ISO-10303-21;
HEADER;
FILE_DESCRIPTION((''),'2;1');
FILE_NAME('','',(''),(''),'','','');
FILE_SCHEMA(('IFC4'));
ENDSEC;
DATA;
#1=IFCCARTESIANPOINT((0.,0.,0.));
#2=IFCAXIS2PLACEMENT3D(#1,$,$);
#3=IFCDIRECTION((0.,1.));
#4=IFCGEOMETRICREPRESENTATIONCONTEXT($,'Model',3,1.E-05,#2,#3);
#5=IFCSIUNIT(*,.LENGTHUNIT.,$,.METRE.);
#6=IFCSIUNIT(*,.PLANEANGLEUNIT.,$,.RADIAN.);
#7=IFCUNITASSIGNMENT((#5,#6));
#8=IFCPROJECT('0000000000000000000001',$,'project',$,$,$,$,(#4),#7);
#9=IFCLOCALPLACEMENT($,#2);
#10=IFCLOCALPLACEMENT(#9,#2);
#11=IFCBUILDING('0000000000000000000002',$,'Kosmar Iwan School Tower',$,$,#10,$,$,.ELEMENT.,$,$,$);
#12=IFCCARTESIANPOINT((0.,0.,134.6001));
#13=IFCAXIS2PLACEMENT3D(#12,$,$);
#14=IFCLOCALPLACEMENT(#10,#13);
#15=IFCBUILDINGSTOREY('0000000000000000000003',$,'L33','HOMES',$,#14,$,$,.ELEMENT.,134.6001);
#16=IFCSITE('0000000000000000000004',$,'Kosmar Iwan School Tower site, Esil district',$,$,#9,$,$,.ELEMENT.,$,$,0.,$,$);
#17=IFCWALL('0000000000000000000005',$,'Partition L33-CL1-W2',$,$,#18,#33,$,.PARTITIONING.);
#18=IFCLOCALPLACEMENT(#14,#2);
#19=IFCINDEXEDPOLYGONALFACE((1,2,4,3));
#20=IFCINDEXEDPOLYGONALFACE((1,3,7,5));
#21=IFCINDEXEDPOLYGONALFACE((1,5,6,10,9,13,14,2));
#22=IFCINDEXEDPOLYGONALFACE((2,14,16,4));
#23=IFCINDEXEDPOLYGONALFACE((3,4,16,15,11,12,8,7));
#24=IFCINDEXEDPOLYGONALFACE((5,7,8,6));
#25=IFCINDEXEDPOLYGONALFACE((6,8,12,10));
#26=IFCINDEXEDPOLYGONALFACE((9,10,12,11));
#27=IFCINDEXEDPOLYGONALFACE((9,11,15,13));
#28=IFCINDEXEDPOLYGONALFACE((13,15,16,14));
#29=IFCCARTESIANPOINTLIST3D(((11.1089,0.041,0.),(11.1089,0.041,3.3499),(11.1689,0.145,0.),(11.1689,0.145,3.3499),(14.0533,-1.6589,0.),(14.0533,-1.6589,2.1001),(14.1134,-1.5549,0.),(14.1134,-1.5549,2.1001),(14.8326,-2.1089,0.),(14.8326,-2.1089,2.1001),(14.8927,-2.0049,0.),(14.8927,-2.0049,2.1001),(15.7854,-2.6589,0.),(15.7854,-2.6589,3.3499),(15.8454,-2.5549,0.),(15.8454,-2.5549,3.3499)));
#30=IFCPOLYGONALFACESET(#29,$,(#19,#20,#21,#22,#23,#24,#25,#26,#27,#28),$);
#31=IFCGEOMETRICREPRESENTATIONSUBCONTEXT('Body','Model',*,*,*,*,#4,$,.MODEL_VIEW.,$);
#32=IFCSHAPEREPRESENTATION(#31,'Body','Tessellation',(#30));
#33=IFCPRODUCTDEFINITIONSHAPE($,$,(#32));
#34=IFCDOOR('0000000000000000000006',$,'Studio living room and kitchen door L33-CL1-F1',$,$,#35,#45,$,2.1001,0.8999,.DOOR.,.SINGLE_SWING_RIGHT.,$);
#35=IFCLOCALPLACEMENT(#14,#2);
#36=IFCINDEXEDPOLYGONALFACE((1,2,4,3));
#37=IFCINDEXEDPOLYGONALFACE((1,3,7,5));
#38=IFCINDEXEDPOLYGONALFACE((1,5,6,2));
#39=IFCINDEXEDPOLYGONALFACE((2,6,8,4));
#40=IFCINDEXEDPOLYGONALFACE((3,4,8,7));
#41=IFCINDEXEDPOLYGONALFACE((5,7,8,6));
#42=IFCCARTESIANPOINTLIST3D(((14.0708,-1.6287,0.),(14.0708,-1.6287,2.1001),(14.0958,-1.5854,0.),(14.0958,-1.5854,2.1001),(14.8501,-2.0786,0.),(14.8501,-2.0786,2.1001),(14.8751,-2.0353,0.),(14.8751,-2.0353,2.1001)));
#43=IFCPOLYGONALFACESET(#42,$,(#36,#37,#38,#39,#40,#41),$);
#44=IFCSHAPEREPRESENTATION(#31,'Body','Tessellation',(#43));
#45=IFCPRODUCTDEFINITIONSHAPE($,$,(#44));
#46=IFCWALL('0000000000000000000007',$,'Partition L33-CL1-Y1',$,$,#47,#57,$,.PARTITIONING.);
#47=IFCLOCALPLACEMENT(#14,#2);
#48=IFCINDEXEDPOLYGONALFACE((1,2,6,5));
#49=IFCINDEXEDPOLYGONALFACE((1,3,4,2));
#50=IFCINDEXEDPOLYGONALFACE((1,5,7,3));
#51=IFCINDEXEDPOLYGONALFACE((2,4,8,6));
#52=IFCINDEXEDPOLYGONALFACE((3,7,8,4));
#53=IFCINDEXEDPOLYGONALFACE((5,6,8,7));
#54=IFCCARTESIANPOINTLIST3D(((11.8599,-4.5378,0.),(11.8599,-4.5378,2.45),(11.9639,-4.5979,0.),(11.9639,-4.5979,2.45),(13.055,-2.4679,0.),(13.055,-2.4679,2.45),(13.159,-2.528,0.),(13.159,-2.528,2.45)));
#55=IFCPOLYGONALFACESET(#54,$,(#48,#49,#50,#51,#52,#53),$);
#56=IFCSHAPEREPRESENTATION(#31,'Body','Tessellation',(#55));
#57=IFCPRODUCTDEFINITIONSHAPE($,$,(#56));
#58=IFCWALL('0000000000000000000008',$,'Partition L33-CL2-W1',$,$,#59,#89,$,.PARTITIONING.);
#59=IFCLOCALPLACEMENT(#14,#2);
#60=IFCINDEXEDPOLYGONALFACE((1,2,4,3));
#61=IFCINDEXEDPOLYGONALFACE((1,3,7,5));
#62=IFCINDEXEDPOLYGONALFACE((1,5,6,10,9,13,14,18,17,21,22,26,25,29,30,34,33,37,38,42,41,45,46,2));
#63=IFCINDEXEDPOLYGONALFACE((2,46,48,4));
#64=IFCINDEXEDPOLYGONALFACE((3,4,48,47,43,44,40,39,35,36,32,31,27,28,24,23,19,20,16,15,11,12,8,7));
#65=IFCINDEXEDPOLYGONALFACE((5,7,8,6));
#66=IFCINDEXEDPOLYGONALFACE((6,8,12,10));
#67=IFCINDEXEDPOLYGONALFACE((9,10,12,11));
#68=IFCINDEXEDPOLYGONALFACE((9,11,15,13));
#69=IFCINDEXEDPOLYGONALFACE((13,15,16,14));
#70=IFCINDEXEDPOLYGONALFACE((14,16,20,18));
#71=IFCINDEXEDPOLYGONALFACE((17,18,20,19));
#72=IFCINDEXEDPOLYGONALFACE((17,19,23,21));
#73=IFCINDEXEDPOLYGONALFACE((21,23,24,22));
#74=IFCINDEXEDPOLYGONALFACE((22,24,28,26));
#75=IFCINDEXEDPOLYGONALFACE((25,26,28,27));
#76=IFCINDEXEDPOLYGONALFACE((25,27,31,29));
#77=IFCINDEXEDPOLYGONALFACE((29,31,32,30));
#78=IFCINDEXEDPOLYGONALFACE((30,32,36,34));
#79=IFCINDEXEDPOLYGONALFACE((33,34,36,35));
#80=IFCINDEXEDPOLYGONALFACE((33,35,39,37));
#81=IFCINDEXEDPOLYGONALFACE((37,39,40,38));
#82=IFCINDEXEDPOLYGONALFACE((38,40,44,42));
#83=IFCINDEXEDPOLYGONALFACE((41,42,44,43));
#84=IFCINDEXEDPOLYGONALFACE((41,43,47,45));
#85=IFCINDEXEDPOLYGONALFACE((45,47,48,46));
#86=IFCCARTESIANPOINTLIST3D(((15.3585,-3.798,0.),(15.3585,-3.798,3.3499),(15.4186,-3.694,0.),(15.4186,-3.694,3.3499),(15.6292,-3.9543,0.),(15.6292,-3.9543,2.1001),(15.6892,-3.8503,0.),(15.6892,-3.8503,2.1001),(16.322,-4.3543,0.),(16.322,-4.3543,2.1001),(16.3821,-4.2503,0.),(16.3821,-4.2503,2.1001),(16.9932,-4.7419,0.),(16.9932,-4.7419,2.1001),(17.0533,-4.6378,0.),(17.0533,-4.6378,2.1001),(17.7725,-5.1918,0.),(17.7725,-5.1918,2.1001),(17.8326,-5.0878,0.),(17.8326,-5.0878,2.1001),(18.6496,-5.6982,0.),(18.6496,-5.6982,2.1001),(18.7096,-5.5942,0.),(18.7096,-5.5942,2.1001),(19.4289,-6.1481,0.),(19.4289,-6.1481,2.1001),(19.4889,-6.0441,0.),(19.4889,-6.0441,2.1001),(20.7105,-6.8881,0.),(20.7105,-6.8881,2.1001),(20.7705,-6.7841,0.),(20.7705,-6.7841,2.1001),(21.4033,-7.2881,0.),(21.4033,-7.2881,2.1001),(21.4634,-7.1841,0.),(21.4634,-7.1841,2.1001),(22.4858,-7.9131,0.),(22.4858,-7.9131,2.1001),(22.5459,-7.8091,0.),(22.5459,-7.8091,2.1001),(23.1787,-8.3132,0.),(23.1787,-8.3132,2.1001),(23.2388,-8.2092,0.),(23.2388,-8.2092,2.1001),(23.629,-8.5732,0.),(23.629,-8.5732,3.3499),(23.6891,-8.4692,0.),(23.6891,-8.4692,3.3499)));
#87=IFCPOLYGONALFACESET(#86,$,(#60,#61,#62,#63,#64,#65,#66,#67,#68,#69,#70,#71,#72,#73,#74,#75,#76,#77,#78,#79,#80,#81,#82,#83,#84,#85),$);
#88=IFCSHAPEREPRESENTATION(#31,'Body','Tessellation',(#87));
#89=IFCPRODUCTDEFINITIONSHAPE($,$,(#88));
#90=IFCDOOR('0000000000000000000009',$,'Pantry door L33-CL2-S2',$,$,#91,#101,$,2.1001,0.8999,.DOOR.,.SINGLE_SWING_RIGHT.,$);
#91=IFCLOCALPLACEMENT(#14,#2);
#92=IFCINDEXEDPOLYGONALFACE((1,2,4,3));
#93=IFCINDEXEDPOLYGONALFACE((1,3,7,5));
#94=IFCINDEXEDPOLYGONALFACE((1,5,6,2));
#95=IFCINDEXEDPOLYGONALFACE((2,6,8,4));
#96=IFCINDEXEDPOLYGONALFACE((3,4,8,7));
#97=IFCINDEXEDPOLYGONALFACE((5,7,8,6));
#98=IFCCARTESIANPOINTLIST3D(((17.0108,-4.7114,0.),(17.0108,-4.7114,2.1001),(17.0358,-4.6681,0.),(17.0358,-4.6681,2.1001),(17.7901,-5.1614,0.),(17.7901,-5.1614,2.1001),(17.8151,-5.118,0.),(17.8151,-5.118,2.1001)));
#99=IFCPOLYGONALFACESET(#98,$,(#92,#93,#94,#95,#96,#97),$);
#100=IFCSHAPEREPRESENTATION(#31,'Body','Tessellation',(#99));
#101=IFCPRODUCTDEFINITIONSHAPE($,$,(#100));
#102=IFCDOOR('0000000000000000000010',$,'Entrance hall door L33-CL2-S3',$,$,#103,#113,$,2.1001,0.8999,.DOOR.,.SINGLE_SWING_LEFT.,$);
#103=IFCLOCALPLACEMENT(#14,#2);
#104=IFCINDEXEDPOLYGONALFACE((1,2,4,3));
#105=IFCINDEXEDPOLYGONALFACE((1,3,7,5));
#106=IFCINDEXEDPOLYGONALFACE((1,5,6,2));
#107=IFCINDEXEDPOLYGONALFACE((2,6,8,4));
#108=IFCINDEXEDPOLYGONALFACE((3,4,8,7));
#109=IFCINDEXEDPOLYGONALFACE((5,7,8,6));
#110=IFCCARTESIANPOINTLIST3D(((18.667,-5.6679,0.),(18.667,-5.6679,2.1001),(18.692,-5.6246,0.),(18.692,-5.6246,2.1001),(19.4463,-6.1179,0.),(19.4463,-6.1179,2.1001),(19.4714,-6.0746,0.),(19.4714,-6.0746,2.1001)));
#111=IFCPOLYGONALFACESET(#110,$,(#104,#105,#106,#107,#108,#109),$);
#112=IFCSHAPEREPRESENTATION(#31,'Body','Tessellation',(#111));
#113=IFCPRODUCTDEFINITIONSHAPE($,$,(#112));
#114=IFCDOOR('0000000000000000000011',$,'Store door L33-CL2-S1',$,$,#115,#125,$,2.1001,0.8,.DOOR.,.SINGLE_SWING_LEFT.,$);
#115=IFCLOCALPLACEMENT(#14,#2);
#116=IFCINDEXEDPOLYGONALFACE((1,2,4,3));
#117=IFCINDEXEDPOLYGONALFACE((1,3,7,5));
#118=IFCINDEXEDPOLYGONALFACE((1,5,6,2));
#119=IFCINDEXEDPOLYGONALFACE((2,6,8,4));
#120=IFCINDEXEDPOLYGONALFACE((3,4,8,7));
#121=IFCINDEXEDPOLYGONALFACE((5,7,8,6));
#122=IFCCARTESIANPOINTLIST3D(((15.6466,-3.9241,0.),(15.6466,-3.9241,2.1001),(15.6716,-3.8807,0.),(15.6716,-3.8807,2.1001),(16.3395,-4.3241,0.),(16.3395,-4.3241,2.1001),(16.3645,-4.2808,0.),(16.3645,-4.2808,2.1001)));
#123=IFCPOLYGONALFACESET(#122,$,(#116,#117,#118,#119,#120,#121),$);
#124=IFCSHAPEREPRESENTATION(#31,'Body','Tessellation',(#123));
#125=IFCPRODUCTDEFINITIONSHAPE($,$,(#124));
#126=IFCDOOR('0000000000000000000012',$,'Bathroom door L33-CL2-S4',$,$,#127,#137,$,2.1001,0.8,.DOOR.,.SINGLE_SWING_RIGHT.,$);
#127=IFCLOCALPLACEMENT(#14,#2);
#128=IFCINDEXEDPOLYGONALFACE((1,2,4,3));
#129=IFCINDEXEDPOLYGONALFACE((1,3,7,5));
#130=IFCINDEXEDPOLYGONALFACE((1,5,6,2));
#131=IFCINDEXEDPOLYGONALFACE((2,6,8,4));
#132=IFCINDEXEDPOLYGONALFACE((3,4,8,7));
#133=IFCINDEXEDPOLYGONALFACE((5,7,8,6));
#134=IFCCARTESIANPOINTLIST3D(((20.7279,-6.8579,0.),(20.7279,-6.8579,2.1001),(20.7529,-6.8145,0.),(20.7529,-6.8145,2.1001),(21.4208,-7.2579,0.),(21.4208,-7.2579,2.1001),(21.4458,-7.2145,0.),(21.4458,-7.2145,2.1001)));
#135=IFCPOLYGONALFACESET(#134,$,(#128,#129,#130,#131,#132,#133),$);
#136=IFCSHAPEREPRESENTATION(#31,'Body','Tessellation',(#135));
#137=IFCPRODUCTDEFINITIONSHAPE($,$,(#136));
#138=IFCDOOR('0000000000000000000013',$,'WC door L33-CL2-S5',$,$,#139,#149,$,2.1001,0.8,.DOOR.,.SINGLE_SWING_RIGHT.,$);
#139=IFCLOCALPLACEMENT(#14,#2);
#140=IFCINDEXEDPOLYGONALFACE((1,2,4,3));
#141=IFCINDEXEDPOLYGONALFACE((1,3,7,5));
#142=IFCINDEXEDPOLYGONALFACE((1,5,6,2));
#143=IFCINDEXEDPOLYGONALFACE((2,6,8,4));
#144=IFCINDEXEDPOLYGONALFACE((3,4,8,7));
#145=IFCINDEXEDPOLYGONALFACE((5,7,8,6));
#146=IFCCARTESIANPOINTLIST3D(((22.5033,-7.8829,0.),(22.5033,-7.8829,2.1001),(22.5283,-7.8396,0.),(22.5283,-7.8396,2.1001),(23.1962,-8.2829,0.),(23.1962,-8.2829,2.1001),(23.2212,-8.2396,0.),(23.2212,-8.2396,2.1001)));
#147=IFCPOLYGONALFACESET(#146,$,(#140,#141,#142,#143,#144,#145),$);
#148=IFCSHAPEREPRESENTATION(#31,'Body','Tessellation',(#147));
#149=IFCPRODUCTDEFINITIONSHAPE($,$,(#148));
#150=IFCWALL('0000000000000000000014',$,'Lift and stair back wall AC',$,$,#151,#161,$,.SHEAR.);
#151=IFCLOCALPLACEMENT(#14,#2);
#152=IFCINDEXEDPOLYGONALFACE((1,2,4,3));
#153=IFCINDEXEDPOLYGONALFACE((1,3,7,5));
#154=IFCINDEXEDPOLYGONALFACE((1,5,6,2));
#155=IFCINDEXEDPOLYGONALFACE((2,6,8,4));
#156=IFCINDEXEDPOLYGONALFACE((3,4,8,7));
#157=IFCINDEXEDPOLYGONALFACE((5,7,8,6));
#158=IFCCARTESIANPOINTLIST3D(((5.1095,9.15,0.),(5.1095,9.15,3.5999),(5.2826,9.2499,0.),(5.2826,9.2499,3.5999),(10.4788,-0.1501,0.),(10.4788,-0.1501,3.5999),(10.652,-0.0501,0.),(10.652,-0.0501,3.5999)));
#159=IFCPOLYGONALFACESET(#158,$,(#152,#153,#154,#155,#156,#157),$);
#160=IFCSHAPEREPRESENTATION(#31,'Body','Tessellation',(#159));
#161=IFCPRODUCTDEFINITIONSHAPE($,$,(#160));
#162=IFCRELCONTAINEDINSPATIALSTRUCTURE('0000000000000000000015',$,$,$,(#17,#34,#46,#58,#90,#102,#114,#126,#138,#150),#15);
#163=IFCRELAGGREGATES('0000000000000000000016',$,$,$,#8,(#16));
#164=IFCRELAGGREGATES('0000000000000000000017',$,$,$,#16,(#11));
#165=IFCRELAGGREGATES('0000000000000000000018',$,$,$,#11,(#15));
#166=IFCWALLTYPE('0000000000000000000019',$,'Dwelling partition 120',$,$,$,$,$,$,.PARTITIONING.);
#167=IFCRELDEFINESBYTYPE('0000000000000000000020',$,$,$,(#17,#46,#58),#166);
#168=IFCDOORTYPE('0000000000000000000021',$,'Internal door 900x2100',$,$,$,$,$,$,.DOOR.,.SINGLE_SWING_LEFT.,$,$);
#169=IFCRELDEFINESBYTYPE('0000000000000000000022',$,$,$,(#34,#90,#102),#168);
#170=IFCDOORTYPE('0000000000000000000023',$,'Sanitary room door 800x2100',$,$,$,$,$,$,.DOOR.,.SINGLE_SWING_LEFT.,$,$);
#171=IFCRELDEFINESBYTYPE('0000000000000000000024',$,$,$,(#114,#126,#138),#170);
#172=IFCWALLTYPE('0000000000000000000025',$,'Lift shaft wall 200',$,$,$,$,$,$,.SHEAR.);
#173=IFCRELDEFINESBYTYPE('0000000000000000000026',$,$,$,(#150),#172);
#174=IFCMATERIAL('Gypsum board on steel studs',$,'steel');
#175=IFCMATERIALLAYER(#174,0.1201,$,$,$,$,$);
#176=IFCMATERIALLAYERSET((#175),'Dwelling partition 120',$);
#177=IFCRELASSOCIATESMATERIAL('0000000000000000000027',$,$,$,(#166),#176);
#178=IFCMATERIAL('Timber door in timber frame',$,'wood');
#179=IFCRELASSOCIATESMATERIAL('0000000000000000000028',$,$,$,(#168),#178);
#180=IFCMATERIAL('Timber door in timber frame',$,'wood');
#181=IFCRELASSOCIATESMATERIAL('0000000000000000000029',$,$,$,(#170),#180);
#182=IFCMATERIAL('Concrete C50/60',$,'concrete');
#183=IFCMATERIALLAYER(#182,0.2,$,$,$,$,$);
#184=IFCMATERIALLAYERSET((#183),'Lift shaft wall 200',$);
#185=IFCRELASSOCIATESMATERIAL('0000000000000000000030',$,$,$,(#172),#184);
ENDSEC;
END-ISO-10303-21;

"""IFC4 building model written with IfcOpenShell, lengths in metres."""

from ifc_helpers import new_model, si_unit, direction, frame, frame_2d, origin, place, context, subcontext, project, spatial, rectangle, extrude, material, layer, layer_set, type_object, element, fill, save


model = new_model("IFC4")

# Units and contexts
model_context = context("Model", 3, precision=1e-05, world=origin(), true_north=direction((0.0, 1.0)))
body_context = subcontext(model_context, "Body", "Model", "MODEL_VIEW")
ifc_project = project(units=[si_unit("LENGTHUNIT", "METRE"), si_unit("PLANEANGLEUNIT", "RADIAN")], contexts=[model_context])

# Site, building, storey
site_placement = place(None, origin())
site = spatial("IfcSite", under=ifc_project, at=site_placement, Name="Kosmar Iwan School Tower site, Esil district", CompositionType="ELEMENT", RefElevation=0.0)
building_placement = place(site_placement, origin())
building = spatial("IfcBuilding", under=site, at=building_placement, Name="Kosmar Iwan School Tower", CompositionType="ELEMENT")
storey_placement = place(building_placement, frame((0.0, 0.0, 134.6001)))
storey = spatial("IfcBuildingStorey", under=building, at=storey_placement, Name="L33", Description="HOMES", CompositionType="ELEMENT", Elevation=134.6001)

# Shared definitions
ifc_material_1 = material(Name="Gypsum board on steel studs", Category="steel")
ifc_layer_1 = layer(ifc_material_1, 0.1201)
ifc_layer_set_1 = layer_set([ifc_layer_1], Name="Dwelling partition 120")
wall_type_1 = type_object("IfcWallType", Name="Dwelling partition 120", PredefinedType="PARTITIONING", material=ifc_layer_set_1)
ifc_material_2 = material(Name="Timber door in timber frame", Category="wood")
door_type_1 = type_object("IfcDoorType", Name="Internal door 900x2100", OperationType="SINGLE_SWING_LEFT", PredefinedType="DOOR", material=ifc_material_2)
ifc_material_3 = material(Name="Timber door in timber frame", Category="wood")
door_type_2 = type_object("IfcDoorType", Name="Sanitary room door 800x2100", OperationType="SINGLE_SWING_LEFT", PredefinedType="DOOR", material=ifc_material_3)

# Wall, opening, door
wall_1_placement = place(storey_placement, frame((11.1389, 0.093, 0.0), z_axis=(0.0, 0.0, 1.0), x_axis=(0.866028, -0.499995, 0.0)))
wall_1 = element("IfcWall", 1, at=wall_1_placement, inside=storey, type_object=wall_type_1, Name="Partition L33-CL1-W2", PredefinedType="PARTITIONING", context=body_context, shape_type="SweptSolid", body=[
    extrude(rectangle(XDim=5.3999, YDim=0.1201, at=frame_2d((2.7, 0.0))), origin(), (0.0, 0.0, 1.0), 3.3499),
])
opening_1_placement = place(wall_1_placement, frame((3.3999, 0.0, 0.0)))
opening_1 = element("IfcOpeningElement", 2, at=opening_1_placement, cuts=wall_1, PredefinedType="OPENING", context=body_context, shape_type="SweptSolid", body=[
    extrude(rectangle(XDim=0.8999, YDim=2.1001, at=frame_2d((0.45, 1.05))), frame((0.0, 0.072, 0.0), z_axis=(0.0, -1.0, 0.0), x_axis=(1.0, 0.0, 0.0)), (0.0, 0.0, 1.0), 0.144),
])
door_1_placement = place(opening_1_placement, origin())
door_1 = element("IfcDoor", 3, at=door_1_placement, inside=storey, type_object=door_type_1, Name="Studio living room and kitchen door L33-CL1-F1", OperationType="SINGLE_SWING_RIGHT", OverallHeight=2.1001, OverallWidth=0.8999, PredefinedType="DOOR", context=body_context, shape_type="SweptSolid", body=[
    extrude(rectangle(XDim=0.8999, YDim=2.1001, at=frame_2d((0.45, 1.05))), frame((0.0, 0.0249, 0.0), z_axis=(0.0, -1.0, 0.0), x_axis=(1.0, 0.0, 0.0)), (0.0, 0.0, 1.0), 0.05),
])
fill(opening_1, door_1)

# Wall
wall_2_placement = place(storey_placement, frame((11.9119, -4.5679, 0.0), z_axis=(0.0, 0.0, 1.0), x_axis=(0.500017, 0.866015, 0.0)))
element("IfcWall", 4, at=wall_2_placement, inside=storey, type_object=wall_type_1, Name="Partition L33-CL1-Y1", PredefinedType="PARTITIONING", context=body_context, shape_type="SweptSolid", body=[
    extrude(rectangle(XDim=2.3901, YDim=0.1201, at=frame_2d((1.1951, 0.0))), origin(), (0.0, 0.0, 1.0), 2.45),
])

# Wall, openings, doors
wall_3_placement = place(storey_placement, frame((15.3887, -3.7461, 0.0), z_axis=(0.0, 0.0, 1.0), x_axis=(0.866018, -0.500013, 0.0)))
wall_3 = element("IfcWall", 5, at=wall_3_placement, inside=storey, type_object=wall_type_1, Name="Partition L33-CL2-W1", PredefinedType="PARTITIONING", context=body_context, shape_type="SweptSolid", body=[
    extrude(rectangle(XDim=9.55, YDim=0.1201, at=frame_2d((4.7749, 0.0))), origin(), (0.0, 0.0, 1.0), 3.3499),
])
opening_2_placement = place(wall_3_placement, frame((0.3125, 0.0, 0.0)))
opening_2 = element("IfcOpeningElement", 6, at=opening_2_placement, cuts=wall_3, PredefinedType="OPENING", context=body_context, shape_type="SweptSolid", body=[
    extrude(rectangle(XDim=0.8, YDim=2.1001, at=frame_2d((0.3999, 1.05))), frame((0.0, 0.072, 0.0), z_axis=(0.0, -1.0, 0.0), x_axis=(1.0, 0.0, 0.0)), (0.0, 0.0, 1.0), 0.144),
])
opening_3_placement = place(wall_3_placement, frame((1.8875, 0.0, 0.0)))
opening_3 = element("IfcOpeningElement", 7, at=opening_3_placement, cuts=wall_3, PredefinedType="OPENING", context=body_context, shape_type="SweptSolid", body=[
    extrude(rectangle(XDim=0.8999, YDim=2.1001, at=frame_2d((0.45, 1.05))), frame((0.0, 0.072, 0.0), z_axis=(0.0, -1.0, 0.0), x_axis=(1.0, 0.0, 0.0)), (0.0, 0.0, 1.0), 0.144),
])
opening_4_placement = place(wall_3_placement, frame((3.8, 0.0, 0.0)))
opening_4 = element("IfcOpeningElement", 8, at=opening_4_placement, cuts=wall_3, PredefinedType="OPENING", context=body_context, shape_type="SweptSolid", body=[
    extrude(rectangle(XDim=0.8999, YDim=2.1001, at=frame_2d((0.45, 1.05))), frame((0.0, 0.072, 0.0), z_axis=(0.0, -1.0, 0.0), x_axis=(1.0, 0.0, 0.0)), (0.0, 0.0, 1.0), 0.144),
])
opening_5_placement = place(wall_3_placement, frame((6.1799, 0.0, 0.0)))
opening_5 = element("IfcOpeningElement", 9, at=opening_5_placement, cuts=wall_3, PredefinedType="OPENING", context=body_context, shape_type="SweptSolid", body=[
    extrude(rectangle(XDim=0.8, YDim=2.1001, at=frame_2d((0.3999, 1.05))), frame((0.0, 0.072, 0.0), z_axis=(0.0, -1.0, 0.0), x_axis=(1.0, 0.0, 0.0)), (0.0, 0.0, 1.0), 0.144),
])
opening_6_placement = place(wall_3_placement, frame((8.23, 0.0, 0.0)))
opening_6 = element("IfcOpeningElement", 10, at=opening_6_placement, cuts=wall_3, PredefinedType="OPENING", context=body_context, shape_type="SweptSolid", body=[
    extrude(rectangle(XDim=0.8, YDim=2.1001, at=frame_2d((0.3999, 1.05))), frame((0.0, 0.072, 0.0), z_axis=(0.0, -1.0, 0.0), x_axis=(1.0, 0.0, 0.0)), (0.0, 0.0, 1.0), 0.144),
])
door_2_placement = place(opening_3_placement, frame((0.8999, 0.0, 0.0), z_axis=(0.0, 0.0, 1.0), x_axis=(-1.0, 0.0, 0.0)))
door_2 = element("IfcDoor", 11, at=door_2_placement, inside=storey, type_object=door_type_1, Name="Pantry door L33-CL2-S2", OperationType="SINGLE_SWING_RIGHT", OverallHeight=2.1001, OverallWidth=0.8999, PredefinedType="DOOR", context=body_context, shape_type="SweptSolid", body=[
    extrude(rectangle(XDim=0.8999, YDim=2.1001, at=frame_2d((0.45, 1.05))), frame((0.0, 0.0249, 0.0), z_axis=(0.0, -1.0, 0.0), x_axis=(1.0, 0.0, 0.0)), (0.0, 0.0, 1.0), 0.05),
])
fill(opening_3, door_2)
door_3_placement = place(opening_4_placement, origin())
door_3 = element("IfcDoor", 12, at=door_3_placement, inside=storey, type_object=door_type_1, Name="Entrance hall door L33-CL2-S3", OperationType="SINGLE_SWING_LEFT", OverallHeight=2.1001, OverallWidth=0.8999, PredefinedType="DOOR", context=body_context, shape_type="SweptSolid", body=[
    extrude(rectangle(XDim=0.8999, YDim=2.1001, at=frame_2d((0.45, 1.05))), frame((0.0, 0.0249, 0.0), z_axis=(0.0, -1.0, 0.0), x_axis=(1.0, 0.0, 0.0)), (0.0, 0.0, 1.0), 0.05),
])
fill(opening_4, door_3)
door_4_placement = place(opening_2_placement, origin())
door_4 = element("IfcDoor", 13, at=door_4_placement, inside=storey, type_object=door_type_2, Name="Store door L33-CL2-S1", OperationType="SINGLE_SWING_LEFT", OverallHeight=2.1001, OverallWidth=0.8, PredefinedType="DOOR", context=body_context, shape_type="SweptSolid", body=[
    extrude(rectangle(XDim=0.8, YDim=2.1001, at=frame_2d((0.3999, 1.05))), frame((0.0, 0.0249, 0.0), z_axis=(0.0, -1.0, 0.0), x_axis=(1.0, 0.0, 0.0)), (0.0, 0.0, 1.0), 0.05),
])
fill(opening_2, door_4)
door_5_placement = place(opening_5_placement, origin())
door_5 = element("IfcDoor", 14, at=door_5_placement, inside=storey, type_object=door_type_2, Name="Bathroom door L33-CL2-S4", OperationType="SINGLE_SWING_RIGHT", OverallHeight=2.1001, OverallWidth=0.8, PredefinedType="DOOR", context=body_context, shape_type="SweptSolid", body=[
    extrude(rectangle(XDim=0.8, YDim=2.1001, at=frame_2d((0.3999, 1.05))), frame((0.0, 0.0249, 0.0), z_axis=(0.0, -1.0, 0.0), x_axis=(1.0, 0.0, 0.0)), (0.0, 0.0, 1.0), 0.05),
])
fill(opening_5, door_5)
door_6_placement = place(opening_6_placement, origin())
door_6 = element("IfcDoor", 15, at=door_6_placement, inside=storey, type_object=door_type_2, Name="WC door L33-CL2-S5", OperationType="SINGLE_SWING_RIGHT", OverallHeight=2.1001, OverallWidth=0.8, PredefinedType="DOOR", context=body_context, shape_type="SweptSolid", body=[
    extrude(rectangle(XDim=0.8, YDim=2.1001, at=frame_2d((0.3999, 1.05))), frame((0.0, 0.0249, 0.0), z_axis=(0.0, -1.0, 0.0), x_axis=(1.0, 0.0, 0.0)), (0.0, 0.0, 1.0), 0.05),
])
fill(opening_6, door_6)

# Wall
ifc_material_4 = material(Name="Concrete C50/60", Category="concrete")
ifc_layer_2 = layer(ifc_material_4, 0.2)
ifc_layer_set_2 = layer_set([ifc_layer_2], Name="Lift shaft wall 200")
wall_type_2 = type_object("IfcWallType", Name="Lift shaft wall 200", PredefinedType="SHEAR", material=ifc_layer_set_2)
wall_4_placement = place(storey_placement, frame((10.5654, -0.1001, 0.0), z_axis=(0.0, 0.0, 1.0), x_axis=(-0.5, 0.866025, 0.0)))
element("IfcWall", 16, at=wall_4_placement, inside=storey, type_object=wall_type_2, Name="Lift and stair back wall AC", PredefinedType="SHEAR", context=body_context, shape_type="SweptSolid", body=[
    extrude(rectangle(XDim=10.7388, YDim=0.2, at=frame_2d((5.3694, 0.0))), origin(), (0.0, 0.0, 1.0), 3.5999),
])

save(model, "model.ifc")
